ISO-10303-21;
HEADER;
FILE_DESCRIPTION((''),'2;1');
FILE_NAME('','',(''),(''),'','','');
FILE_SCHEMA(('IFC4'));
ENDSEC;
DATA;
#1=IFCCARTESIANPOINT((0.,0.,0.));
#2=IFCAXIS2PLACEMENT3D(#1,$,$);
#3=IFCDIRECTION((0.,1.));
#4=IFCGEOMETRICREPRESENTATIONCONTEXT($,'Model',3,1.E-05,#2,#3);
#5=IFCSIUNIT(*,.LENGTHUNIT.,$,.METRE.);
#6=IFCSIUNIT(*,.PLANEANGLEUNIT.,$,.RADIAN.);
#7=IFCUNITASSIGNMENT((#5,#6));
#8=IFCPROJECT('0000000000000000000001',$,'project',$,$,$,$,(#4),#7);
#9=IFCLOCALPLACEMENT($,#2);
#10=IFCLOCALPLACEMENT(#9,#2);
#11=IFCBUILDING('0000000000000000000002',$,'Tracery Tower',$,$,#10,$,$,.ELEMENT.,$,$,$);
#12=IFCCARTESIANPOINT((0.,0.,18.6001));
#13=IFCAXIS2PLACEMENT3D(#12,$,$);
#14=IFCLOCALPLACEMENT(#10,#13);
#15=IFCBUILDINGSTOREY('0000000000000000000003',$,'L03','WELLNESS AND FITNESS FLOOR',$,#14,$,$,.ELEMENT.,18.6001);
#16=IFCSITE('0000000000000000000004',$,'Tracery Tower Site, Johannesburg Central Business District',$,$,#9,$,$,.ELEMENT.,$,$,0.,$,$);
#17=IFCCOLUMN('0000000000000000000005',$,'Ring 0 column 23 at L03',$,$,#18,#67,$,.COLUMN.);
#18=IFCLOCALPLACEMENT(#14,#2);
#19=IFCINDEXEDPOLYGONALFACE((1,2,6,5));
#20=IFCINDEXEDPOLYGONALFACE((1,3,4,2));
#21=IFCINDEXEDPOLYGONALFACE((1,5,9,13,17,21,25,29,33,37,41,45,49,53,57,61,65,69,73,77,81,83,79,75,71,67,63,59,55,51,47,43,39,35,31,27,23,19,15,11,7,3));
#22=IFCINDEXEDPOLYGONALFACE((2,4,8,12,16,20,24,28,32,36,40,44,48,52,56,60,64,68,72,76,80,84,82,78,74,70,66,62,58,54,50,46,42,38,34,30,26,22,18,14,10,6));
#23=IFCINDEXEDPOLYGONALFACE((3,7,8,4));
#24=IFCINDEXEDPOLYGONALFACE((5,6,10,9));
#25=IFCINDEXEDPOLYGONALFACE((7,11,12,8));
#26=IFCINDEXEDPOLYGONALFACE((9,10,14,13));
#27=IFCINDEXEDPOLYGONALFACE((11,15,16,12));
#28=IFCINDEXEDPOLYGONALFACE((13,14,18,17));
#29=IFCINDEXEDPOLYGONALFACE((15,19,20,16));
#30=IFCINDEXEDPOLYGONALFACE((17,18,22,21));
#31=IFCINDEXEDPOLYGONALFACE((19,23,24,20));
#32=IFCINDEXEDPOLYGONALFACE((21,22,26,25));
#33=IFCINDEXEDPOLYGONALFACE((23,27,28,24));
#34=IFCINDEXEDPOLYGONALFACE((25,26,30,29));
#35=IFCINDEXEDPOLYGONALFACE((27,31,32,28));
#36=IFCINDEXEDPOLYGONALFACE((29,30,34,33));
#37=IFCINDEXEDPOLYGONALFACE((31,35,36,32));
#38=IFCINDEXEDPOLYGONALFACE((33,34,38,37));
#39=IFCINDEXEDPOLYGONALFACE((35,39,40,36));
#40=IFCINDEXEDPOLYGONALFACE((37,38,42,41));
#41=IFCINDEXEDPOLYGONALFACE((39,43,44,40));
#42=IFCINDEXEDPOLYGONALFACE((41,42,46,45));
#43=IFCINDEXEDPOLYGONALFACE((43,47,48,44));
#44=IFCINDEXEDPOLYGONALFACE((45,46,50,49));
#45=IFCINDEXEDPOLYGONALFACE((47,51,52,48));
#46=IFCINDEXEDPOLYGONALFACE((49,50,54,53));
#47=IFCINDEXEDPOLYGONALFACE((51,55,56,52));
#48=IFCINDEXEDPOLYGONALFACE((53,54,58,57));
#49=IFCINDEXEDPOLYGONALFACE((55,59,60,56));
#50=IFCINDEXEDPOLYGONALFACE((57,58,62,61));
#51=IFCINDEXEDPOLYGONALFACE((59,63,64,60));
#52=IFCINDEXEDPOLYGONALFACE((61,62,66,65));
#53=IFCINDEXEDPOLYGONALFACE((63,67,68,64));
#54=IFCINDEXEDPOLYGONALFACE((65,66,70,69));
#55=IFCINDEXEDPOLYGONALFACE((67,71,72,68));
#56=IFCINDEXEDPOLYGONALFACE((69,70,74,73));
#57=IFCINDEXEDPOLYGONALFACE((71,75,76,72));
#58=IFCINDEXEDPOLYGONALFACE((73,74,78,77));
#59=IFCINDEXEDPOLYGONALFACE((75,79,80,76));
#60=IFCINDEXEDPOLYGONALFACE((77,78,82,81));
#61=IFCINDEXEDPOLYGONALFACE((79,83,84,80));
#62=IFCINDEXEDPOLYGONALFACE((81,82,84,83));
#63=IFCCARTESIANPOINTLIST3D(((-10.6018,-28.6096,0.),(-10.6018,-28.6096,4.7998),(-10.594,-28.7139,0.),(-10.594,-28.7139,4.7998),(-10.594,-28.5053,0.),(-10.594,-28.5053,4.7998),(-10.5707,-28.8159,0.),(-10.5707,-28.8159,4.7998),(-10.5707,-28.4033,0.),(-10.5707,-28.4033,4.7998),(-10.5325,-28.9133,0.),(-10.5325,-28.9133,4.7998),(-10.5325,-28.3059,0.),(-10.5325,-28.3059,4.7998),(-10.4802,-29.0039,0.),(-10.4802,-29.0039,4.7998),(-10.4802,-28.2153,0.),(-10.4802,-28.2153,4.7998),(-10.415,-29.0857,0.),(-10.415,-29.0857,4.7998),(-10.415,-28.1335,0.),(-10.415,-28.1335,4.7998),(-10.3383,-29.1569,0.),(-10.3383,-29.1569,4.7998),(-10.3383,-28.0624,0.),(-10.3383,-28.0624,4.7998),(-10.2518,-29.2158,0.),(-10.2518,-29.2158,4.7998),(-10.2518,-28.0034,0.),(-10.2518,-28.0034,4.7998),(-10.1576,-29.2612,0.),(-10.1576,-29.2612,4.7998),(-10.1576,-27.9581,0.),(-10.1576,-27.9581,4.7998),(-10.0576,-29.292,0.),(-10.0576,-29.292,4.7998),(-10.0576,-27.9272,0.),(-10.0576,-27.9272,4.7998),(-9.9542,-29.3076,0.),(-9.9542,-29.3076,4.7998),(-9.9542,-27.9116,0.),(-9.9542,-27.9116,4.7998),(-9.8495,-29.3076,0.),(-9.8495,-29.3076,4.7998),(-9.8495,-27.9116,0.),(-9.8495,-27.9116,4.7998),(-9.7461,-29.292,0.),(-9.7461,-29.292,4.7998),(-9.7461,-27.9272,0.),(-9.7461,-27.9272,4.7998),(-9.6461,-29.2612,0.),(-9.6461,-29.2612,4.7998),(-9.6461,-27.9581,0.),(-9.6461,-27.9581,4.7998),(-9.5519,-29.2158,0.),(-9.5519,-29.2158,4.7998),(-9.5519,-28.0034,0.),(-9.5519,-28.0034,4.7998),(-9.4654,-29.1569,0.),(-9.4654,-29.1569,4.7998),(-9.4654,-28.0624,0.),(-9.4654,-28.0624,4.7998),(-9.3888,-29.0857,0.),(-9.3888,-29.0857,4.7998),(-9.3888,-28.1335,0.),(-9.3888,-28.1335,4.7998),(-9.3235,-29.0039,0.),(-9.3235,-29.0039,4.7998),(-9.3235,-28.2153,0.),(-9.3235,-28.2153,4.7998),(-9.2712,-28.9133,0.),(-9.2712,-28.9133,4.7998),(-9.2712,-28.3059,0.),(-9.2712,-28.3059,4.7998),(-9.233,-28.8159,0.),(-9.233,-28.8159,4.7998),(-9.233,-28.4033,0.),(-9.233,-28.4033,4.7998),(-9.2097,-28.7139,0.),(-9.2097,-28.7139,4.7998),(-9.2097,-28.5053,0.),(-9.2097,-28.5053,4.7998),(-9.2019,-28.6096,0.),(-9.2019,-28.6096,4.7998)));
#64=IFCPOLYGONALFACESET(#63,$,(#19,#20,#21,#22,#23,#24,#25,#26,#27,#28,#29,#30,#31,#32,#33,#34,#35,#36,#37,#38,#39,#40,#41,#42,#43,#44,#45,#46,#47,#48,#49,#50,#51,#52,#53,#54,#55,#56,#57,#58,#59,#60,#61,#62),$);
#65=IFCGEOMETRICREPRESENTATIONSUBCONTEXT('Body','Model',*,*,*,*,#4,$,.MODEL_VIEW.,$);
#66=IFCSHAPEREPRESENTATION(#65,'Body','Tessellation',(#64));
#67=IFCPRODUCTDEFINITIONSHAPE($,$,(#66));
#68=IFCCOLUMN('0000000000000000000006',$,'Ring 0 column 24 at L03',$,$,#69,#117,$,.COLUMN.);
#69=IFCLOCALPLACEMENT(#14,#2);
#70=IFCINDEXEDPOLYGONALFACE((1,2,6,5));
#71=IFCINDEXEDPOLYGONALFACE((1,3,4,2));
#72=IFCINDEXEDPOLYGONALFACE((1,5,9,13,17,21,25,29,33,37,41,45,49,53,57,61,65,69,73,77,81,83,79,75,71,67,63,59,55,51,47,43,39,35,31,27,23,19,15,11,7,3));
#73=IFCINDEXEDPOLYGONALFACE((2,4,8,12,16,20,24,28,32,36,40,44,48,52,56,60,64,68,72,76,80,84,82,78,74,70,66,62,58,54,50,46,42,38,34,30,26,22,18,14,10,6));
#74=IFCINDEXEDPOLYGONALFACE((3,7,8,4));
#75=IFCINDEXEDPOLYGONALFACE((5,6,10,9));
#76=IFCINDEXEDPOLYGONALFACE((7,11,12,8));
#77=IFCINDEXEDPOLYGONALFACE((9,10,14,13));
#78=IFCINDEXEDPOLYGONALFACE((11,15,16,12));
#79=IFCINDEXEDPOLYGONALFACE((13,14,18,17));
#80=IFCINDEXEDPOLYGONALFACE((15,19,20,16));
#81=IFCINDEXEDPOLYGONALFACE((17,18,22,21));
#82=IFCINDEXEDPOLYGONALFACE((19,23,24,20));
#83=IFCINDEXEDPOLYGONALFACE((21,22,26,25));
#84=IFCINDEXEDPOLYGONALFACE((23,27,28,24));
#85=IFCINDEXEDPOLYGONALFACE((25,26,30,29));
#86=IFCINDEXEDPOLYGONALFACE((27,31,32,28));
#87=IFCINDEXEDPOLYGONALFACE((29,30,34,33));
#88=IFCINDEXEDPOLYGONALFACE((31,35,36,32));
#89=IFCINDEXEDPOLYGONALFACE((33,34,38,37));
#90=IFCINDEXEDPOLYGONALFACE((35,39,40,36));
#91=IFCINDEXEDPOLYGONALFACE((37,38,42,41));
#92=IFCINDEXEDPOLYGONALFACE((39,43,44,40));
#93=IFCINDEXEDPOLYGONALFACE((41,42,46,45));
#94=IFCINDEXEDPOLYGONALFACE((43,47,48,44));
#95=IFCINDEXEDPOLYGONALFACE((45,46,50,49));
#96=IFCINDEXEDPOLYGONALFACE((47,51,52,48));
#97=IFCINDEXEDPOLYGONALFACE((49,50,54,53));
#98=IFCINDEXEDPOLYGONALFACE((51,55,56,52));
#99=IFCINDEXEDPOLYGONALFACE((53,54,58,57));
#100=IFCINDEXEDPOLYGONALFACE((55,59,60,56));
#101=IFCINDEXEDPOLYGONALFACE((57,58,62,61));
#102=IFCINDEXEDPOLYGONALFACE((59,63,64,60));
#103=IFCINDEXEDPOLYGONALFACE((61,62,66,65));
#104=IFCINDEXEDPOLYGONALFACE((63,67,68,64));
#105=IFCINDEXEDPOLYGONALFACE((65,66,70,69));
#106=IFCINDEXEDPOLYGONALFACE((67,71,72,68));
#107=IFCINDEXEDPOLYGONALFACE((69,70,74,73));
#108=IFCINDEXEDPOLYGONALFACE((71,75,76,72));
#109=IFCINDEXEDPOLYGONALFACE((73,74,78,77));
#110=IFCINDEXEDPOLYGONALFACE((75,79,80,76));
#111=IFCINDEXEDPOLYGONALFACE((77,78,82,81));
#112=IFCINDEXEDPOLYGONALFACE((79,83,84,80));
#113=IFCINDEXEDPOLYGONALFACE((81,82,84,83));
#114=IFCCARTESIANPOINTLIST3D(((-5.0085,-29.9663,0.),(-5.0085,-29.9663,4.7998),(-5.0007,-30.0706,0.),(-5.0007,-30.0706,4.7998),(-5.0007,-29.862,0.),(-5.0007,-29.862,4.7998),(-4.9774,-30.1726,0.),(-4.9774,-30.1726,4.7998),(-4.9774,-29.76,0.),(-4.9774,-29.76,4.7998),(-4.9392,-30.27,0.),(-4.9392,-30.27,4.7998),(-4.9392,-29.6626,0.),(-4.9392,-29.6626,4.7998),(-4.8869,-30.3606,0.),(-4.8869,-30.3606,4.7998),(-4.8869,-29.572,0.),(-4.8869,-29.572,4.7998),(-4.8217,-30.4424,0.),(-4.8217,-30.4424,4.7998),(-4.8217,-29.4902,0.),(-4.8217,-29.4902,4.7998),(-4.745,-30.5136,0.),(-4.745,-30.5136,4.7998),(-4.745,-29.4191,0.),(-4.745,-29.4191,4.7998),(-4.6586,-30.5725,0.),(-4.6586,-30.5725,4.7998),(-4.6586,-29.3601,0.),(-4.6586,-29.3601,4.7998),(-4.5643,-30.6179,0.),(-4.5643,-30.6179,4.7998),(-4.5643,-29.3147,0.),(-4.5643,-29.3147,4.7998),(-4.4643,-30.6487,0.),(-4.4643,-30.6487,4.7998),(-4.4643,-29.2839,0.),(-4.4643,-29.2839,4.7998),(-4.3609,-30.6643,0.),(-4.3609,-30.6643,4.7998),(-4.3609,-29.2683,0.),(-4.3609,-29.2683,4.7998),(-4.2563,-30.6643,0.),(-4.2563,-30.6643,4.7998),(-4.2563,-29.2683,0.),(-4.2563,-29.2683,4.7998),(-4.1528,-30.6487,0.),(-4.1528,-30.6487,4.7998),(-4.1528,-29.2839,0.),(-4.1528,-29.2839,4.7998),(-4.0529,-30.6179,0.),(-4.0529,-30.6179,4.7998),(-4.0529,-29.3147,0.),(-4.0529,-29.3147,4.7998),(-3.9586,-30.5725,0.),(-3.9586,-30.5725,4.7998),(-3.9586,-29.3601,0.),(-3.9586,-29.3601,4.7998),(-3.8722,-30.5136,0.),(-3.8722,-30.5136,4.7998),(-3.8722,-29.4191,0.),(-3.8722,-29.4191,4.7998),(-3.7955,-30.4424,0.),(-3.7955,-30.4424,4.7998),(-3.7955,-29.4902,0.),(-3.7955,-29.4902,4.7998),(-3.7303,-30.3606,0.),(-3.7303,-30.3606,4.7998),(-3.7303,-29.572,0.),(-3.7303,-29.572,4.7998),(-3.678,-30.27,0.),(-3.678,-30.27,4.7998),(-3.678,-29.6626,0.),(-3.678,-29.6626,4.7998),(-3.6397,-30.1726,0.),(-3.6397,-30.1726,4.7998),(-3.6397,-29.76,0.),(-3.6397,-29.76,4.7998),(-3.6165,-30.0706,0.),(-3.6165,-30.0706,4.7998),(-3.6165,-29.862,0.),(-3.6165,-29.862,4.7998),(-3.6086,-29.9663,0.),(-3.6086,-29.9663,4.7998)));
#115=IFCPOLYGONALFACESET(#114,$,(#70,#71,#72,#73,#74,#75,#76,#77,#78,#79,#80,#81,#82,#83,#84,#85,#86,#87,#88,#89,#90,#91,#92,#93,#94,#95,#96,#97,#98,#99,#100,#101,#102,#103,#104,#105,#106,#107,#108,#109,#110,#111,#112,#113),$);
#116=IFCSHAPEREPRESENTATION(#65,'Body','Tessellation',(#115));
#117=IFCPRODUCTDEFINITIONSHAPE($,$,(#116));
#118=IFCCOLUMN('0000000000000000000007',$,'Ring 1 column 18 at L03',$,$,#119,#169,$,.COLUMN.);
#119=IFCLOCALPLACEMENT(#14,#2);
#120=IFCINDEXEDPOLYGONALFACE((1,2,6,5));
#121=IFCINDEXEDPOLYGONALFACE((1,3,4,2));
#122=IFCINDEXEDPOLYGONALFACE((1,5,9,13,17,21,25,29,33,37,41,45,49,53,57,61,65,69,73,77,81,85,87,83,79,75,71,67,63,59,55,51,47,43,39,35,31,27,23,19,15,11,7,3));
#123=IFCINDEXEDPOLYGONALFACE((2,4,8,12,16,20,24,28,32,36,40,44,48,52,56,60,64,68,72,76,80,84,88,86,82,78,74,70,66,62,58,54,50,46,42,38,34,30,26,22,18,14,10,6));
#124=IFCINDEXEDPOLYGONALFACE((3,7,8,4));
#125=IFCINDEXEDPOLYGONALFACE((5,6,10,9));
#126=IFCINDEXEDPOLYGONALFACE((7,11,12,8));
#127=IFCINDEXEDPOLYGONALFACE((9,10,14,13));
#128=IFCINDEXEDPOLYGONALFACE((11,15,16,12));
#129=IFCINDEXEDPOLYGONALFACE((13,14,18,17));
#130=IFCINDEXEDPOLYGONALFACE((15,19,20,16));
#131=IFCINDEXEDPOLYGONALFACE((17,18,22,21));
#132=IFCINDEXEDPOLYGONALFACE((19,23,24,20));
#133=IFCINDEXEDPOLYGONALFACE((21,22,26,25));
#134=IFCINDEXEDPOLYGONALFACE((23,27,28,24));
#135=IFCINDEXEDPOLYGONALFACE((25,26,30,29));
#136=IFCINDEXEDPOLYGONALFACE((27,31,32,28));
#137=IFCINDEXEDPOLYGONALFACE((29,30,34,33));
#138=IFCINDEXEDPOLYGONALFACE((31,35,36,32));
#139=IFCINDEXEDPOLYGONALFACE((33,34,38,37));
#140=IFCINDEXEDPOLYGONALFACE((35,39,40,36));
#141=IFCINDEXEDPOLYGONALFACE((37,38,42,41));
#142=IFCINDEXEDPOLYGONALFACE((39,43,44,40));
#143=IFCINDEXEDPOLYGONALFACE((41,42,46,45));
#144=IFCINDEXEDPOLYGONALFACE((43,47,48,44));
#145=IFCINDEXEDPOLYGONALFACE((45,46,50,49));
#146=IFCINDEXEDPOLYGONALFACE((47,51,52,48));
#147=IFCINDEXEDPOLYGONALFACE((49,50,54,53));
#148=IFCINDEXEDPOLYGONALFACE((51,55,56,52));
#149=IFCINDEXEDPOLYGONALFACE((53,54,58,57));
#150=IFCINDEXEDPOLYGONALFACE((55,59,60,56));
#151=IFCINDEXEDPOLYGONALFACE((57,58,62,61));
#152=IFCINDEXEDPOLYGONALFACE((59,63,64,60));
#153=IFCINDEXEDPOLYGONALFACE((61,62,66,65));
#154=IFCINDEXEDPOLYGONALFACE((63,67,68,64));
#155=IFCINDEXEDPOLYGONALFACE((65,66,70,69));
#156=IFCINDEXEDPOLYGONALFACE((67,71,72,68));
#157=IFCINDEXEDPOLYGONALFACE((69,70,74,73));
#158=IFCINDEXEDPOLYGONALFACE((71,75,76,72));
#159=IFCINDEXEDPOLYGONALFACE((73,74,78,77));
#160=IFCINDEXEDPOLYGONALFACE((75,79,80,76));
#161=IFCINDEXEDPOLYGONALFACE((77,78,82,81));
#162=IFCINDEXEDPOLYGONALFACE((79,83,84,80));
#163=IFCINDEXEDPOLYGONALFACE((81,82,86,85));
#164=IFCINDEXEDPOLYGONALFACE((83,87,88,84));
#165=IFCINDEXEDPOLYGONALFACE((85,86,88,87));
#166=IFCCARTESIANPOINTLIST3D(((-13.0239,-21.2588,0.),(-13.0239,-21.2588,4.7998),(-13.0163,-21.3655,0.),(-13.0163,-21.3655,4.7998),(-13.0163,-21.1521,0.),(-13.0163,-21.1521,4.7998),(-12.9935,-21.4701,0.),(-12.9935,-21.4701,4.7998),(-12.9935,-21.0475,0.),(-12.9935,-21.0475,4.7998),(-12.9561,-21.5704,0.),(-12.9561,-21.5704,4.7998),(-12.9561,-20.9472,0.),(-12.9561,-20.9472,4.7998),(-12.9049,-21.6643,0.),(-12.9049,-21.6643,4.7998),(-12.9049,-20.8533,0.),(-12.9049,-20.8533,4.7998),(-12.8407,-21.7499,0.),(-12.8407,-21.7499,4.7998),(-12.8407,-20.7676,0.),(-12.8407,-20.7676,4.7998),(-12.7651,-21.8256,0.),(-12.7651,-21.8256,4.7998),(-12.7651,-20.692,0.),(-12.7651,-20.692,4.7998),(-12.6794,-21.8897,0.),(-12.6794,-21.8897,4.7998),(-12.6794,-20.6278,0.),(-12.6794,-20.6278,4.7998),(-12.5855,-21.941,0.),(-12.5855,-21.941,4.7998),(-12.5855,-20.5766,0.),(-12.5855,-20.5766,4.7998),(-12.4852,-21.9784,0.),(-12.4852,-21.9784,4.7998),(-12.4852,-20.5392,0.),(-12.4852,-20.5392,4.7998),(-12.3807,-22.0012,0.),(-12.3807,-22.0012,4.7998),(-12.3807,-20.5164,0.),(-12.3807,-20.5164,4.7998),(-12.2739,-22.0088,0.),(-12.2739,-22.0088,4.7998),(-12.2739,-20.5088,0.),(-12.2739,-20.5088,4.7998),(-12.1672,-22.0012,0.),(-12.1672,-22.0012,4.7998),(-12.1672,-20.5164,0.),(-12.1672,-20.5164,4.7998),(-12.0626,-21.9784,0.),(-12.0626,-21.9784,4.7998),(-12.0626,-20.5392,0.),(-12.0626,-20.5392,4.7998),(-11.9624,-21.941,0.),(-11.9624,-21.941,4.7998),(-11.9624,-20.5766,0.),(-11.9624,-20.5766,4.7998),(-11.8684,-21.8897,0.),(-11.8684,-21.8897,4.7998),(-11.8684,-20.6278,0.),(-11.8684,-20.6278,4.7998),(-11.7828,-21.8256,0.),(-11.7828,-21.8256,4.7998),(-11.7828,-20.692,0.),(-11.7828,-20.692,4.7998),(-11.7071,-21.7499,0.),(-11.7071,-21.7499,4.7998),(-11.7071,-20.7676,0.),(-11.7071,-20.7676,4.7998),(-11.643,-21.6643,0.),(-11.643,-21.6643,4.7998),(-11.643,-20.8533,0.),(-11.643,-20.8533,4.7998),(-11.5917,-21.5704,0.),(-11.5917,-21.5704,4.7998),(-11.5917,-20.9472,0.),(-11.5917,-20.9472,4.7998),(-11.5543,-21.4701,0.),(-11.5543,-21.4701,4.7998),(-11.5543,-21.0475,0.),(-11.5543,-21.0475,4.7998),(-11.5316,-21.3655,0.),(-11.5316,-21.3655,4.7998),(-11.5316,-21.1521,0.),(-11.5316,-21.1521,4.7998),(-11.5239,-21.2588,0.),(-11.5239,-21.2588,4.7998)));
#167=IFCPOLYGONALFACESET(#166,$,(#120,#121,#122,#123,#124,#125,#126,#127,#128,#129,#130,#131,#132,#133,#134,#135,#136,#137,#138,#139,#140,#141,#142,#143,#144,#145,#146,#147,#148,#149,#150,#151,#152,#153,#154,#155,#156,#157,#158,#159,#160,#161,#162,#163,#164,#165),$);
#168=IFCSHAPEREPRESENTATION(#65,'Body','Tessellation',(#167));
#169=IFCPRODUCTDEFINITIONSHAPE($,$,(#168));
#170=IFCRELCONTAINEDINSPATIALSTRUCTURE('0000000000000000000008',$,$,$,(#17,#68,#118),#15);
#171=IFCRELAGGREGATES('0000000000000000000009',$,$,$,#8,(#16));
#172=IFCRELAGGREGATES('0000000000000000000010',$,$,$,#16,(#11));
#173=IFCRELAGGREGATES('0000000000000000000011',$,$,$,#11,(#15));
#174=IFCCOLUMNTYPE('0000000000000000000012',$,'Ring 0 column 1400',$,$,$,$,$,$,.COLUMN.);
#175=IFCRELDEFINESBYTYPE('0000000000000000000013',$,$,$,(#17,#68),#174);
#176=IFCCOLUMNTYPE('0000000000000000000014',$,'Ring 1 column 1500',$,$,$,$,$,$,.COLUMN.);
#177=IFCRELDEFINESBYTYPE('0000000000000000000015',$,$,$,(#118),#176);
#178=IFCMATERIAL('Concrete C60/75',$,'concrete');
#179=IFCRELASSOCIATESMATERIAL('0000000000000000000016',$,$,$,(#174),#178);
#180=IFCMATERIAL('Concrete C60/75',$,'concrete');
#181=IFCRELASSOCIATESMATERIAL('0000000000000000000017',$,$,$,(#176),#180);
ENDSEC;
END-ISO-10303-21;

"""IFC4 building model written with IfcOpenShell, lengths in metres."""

from ifc_helpers import new_model, si_unit, direction, frame, origin, origin_2d, place, context, subcontext, project, spatial, circle, extrude, material, material_profile, profile_set, type_object, element, save


model = new_model("IFC4")

# Units and contexts
model_context = context("Model", 3, precision=1e-05, world=origin(), true_north=direction((0.0, 1.0)))
body_context = subcontext(model_context, "Body", "Model", "MODEL_VIEW")
ifc_project = project(units=[si_unit("LENGTHUNIT", "METRE"), si_unit("PLANEANGLEUNIT", "RADIAN")], contexts=[model_context])

# Site, building, storey
site_placement = place(None, origin())
site = spatial("IfcSite", under=ifc_project, at=site_placement, Name="Tracery Tower Site, Johannesburg Central Business District", CompositionType="ELEMENT", RefElevation=0.0)
building_placement = place(site_placement, origin())
building = spatial("IfcBuilding", under=site, at=building_placement, Name="Tracery Tower", CompositionType="ELEMENT")
storey_placement = place(building_placement, frame((0.0, 0.0, 18.6001)))
storey = spatial("IfcBuildingStorey", under=building, at=storey_placement, Name="L03", Description="WELLNESS AND FITNESS FLOOR", CompositionType="ELEMENT", Elevation=18.6001)

# Columns
ifc_material_1 = material(Name="Concrete C60/75", Category="concrete")
ifc_material_profile_1 = material_profile(ifc_material_1, circle(Radius=0.7, at=origin_2d()), Name="RC D1400")
ifc_profile_set_1 = profile_set([ifc_material_profile_1], Name="Concrete C60/75")
column_type_1 = type_object("IfcColumnType", Name="Ring 0 column 1400", PredefinedType="COLUMN", material=ifc_profile_set_1)
for number, where, z_axis, x_axis, name in (
    (1, (-9.9019, -28.6096, 0.0), (0.0, 0.0, 1.0), (1.0, 0.0, 0.0), "Ring 0 column 23 at L03"),
    (2, (-4.3086, -29.9663, 0.0), (0.0, 0.0, 1.0), (1.0, 0.0, 0.0), "Ring 0 column 24 at L03"),
):
    element("IfcColumn", number, at=place(storey_placement, frame(where, z_axis=z_axis, x_axis=x_axis)), inside=storey, type_object=column_type_1, Name=name, PredefinedType="COLUMN", context=body_context, shape_type="SweptSolid", body=[
        extrude(circle(Radius=0.7, at=origin_2d()), origin(), (0.0, 0.0, 1.0), 4.7998),
    ])
ifc_material_2 = material(Name="Concrete C60/75", Category="concrete")
ifc_material_profile_2 = material_profile(ifc_material_2, circle(Radius=0.75, at=origin_2d()), Name="RC D1500")
ifc_profile_set_2 = profile_set([ifc_material_profile_2], Name="Concrete C60/75")
column_type_2 = type_object("IfcColumnType", Name="Ring 1 column 1500", PredefinedType="COLUMN", material=ifc_profile_set_2)
for number, where, z_axis, x_axis, name in (
    (3, (-12.2739, -21.2588, 0.0), (0.0, 0.0, 1.0), (1.0, 0.0, 0.0), "Ring 1 column 18 at L03"),
):
    element("IfcColumn", number, at=place(storey_placement, frame(where, z_axis=z_axis, x_axis=x_axis)), inside=storey, type_object=column_type_2, Name=name, PredefinedType="COLUMN", context=body_context, shape_type="SweptSolid", body=[
        extrude(circle(Radius=0.75, at=origin_2d()), origin(), (0.0, 0.0, 1.0), 4.7998),
    ])

save(model, "model.ifc")
